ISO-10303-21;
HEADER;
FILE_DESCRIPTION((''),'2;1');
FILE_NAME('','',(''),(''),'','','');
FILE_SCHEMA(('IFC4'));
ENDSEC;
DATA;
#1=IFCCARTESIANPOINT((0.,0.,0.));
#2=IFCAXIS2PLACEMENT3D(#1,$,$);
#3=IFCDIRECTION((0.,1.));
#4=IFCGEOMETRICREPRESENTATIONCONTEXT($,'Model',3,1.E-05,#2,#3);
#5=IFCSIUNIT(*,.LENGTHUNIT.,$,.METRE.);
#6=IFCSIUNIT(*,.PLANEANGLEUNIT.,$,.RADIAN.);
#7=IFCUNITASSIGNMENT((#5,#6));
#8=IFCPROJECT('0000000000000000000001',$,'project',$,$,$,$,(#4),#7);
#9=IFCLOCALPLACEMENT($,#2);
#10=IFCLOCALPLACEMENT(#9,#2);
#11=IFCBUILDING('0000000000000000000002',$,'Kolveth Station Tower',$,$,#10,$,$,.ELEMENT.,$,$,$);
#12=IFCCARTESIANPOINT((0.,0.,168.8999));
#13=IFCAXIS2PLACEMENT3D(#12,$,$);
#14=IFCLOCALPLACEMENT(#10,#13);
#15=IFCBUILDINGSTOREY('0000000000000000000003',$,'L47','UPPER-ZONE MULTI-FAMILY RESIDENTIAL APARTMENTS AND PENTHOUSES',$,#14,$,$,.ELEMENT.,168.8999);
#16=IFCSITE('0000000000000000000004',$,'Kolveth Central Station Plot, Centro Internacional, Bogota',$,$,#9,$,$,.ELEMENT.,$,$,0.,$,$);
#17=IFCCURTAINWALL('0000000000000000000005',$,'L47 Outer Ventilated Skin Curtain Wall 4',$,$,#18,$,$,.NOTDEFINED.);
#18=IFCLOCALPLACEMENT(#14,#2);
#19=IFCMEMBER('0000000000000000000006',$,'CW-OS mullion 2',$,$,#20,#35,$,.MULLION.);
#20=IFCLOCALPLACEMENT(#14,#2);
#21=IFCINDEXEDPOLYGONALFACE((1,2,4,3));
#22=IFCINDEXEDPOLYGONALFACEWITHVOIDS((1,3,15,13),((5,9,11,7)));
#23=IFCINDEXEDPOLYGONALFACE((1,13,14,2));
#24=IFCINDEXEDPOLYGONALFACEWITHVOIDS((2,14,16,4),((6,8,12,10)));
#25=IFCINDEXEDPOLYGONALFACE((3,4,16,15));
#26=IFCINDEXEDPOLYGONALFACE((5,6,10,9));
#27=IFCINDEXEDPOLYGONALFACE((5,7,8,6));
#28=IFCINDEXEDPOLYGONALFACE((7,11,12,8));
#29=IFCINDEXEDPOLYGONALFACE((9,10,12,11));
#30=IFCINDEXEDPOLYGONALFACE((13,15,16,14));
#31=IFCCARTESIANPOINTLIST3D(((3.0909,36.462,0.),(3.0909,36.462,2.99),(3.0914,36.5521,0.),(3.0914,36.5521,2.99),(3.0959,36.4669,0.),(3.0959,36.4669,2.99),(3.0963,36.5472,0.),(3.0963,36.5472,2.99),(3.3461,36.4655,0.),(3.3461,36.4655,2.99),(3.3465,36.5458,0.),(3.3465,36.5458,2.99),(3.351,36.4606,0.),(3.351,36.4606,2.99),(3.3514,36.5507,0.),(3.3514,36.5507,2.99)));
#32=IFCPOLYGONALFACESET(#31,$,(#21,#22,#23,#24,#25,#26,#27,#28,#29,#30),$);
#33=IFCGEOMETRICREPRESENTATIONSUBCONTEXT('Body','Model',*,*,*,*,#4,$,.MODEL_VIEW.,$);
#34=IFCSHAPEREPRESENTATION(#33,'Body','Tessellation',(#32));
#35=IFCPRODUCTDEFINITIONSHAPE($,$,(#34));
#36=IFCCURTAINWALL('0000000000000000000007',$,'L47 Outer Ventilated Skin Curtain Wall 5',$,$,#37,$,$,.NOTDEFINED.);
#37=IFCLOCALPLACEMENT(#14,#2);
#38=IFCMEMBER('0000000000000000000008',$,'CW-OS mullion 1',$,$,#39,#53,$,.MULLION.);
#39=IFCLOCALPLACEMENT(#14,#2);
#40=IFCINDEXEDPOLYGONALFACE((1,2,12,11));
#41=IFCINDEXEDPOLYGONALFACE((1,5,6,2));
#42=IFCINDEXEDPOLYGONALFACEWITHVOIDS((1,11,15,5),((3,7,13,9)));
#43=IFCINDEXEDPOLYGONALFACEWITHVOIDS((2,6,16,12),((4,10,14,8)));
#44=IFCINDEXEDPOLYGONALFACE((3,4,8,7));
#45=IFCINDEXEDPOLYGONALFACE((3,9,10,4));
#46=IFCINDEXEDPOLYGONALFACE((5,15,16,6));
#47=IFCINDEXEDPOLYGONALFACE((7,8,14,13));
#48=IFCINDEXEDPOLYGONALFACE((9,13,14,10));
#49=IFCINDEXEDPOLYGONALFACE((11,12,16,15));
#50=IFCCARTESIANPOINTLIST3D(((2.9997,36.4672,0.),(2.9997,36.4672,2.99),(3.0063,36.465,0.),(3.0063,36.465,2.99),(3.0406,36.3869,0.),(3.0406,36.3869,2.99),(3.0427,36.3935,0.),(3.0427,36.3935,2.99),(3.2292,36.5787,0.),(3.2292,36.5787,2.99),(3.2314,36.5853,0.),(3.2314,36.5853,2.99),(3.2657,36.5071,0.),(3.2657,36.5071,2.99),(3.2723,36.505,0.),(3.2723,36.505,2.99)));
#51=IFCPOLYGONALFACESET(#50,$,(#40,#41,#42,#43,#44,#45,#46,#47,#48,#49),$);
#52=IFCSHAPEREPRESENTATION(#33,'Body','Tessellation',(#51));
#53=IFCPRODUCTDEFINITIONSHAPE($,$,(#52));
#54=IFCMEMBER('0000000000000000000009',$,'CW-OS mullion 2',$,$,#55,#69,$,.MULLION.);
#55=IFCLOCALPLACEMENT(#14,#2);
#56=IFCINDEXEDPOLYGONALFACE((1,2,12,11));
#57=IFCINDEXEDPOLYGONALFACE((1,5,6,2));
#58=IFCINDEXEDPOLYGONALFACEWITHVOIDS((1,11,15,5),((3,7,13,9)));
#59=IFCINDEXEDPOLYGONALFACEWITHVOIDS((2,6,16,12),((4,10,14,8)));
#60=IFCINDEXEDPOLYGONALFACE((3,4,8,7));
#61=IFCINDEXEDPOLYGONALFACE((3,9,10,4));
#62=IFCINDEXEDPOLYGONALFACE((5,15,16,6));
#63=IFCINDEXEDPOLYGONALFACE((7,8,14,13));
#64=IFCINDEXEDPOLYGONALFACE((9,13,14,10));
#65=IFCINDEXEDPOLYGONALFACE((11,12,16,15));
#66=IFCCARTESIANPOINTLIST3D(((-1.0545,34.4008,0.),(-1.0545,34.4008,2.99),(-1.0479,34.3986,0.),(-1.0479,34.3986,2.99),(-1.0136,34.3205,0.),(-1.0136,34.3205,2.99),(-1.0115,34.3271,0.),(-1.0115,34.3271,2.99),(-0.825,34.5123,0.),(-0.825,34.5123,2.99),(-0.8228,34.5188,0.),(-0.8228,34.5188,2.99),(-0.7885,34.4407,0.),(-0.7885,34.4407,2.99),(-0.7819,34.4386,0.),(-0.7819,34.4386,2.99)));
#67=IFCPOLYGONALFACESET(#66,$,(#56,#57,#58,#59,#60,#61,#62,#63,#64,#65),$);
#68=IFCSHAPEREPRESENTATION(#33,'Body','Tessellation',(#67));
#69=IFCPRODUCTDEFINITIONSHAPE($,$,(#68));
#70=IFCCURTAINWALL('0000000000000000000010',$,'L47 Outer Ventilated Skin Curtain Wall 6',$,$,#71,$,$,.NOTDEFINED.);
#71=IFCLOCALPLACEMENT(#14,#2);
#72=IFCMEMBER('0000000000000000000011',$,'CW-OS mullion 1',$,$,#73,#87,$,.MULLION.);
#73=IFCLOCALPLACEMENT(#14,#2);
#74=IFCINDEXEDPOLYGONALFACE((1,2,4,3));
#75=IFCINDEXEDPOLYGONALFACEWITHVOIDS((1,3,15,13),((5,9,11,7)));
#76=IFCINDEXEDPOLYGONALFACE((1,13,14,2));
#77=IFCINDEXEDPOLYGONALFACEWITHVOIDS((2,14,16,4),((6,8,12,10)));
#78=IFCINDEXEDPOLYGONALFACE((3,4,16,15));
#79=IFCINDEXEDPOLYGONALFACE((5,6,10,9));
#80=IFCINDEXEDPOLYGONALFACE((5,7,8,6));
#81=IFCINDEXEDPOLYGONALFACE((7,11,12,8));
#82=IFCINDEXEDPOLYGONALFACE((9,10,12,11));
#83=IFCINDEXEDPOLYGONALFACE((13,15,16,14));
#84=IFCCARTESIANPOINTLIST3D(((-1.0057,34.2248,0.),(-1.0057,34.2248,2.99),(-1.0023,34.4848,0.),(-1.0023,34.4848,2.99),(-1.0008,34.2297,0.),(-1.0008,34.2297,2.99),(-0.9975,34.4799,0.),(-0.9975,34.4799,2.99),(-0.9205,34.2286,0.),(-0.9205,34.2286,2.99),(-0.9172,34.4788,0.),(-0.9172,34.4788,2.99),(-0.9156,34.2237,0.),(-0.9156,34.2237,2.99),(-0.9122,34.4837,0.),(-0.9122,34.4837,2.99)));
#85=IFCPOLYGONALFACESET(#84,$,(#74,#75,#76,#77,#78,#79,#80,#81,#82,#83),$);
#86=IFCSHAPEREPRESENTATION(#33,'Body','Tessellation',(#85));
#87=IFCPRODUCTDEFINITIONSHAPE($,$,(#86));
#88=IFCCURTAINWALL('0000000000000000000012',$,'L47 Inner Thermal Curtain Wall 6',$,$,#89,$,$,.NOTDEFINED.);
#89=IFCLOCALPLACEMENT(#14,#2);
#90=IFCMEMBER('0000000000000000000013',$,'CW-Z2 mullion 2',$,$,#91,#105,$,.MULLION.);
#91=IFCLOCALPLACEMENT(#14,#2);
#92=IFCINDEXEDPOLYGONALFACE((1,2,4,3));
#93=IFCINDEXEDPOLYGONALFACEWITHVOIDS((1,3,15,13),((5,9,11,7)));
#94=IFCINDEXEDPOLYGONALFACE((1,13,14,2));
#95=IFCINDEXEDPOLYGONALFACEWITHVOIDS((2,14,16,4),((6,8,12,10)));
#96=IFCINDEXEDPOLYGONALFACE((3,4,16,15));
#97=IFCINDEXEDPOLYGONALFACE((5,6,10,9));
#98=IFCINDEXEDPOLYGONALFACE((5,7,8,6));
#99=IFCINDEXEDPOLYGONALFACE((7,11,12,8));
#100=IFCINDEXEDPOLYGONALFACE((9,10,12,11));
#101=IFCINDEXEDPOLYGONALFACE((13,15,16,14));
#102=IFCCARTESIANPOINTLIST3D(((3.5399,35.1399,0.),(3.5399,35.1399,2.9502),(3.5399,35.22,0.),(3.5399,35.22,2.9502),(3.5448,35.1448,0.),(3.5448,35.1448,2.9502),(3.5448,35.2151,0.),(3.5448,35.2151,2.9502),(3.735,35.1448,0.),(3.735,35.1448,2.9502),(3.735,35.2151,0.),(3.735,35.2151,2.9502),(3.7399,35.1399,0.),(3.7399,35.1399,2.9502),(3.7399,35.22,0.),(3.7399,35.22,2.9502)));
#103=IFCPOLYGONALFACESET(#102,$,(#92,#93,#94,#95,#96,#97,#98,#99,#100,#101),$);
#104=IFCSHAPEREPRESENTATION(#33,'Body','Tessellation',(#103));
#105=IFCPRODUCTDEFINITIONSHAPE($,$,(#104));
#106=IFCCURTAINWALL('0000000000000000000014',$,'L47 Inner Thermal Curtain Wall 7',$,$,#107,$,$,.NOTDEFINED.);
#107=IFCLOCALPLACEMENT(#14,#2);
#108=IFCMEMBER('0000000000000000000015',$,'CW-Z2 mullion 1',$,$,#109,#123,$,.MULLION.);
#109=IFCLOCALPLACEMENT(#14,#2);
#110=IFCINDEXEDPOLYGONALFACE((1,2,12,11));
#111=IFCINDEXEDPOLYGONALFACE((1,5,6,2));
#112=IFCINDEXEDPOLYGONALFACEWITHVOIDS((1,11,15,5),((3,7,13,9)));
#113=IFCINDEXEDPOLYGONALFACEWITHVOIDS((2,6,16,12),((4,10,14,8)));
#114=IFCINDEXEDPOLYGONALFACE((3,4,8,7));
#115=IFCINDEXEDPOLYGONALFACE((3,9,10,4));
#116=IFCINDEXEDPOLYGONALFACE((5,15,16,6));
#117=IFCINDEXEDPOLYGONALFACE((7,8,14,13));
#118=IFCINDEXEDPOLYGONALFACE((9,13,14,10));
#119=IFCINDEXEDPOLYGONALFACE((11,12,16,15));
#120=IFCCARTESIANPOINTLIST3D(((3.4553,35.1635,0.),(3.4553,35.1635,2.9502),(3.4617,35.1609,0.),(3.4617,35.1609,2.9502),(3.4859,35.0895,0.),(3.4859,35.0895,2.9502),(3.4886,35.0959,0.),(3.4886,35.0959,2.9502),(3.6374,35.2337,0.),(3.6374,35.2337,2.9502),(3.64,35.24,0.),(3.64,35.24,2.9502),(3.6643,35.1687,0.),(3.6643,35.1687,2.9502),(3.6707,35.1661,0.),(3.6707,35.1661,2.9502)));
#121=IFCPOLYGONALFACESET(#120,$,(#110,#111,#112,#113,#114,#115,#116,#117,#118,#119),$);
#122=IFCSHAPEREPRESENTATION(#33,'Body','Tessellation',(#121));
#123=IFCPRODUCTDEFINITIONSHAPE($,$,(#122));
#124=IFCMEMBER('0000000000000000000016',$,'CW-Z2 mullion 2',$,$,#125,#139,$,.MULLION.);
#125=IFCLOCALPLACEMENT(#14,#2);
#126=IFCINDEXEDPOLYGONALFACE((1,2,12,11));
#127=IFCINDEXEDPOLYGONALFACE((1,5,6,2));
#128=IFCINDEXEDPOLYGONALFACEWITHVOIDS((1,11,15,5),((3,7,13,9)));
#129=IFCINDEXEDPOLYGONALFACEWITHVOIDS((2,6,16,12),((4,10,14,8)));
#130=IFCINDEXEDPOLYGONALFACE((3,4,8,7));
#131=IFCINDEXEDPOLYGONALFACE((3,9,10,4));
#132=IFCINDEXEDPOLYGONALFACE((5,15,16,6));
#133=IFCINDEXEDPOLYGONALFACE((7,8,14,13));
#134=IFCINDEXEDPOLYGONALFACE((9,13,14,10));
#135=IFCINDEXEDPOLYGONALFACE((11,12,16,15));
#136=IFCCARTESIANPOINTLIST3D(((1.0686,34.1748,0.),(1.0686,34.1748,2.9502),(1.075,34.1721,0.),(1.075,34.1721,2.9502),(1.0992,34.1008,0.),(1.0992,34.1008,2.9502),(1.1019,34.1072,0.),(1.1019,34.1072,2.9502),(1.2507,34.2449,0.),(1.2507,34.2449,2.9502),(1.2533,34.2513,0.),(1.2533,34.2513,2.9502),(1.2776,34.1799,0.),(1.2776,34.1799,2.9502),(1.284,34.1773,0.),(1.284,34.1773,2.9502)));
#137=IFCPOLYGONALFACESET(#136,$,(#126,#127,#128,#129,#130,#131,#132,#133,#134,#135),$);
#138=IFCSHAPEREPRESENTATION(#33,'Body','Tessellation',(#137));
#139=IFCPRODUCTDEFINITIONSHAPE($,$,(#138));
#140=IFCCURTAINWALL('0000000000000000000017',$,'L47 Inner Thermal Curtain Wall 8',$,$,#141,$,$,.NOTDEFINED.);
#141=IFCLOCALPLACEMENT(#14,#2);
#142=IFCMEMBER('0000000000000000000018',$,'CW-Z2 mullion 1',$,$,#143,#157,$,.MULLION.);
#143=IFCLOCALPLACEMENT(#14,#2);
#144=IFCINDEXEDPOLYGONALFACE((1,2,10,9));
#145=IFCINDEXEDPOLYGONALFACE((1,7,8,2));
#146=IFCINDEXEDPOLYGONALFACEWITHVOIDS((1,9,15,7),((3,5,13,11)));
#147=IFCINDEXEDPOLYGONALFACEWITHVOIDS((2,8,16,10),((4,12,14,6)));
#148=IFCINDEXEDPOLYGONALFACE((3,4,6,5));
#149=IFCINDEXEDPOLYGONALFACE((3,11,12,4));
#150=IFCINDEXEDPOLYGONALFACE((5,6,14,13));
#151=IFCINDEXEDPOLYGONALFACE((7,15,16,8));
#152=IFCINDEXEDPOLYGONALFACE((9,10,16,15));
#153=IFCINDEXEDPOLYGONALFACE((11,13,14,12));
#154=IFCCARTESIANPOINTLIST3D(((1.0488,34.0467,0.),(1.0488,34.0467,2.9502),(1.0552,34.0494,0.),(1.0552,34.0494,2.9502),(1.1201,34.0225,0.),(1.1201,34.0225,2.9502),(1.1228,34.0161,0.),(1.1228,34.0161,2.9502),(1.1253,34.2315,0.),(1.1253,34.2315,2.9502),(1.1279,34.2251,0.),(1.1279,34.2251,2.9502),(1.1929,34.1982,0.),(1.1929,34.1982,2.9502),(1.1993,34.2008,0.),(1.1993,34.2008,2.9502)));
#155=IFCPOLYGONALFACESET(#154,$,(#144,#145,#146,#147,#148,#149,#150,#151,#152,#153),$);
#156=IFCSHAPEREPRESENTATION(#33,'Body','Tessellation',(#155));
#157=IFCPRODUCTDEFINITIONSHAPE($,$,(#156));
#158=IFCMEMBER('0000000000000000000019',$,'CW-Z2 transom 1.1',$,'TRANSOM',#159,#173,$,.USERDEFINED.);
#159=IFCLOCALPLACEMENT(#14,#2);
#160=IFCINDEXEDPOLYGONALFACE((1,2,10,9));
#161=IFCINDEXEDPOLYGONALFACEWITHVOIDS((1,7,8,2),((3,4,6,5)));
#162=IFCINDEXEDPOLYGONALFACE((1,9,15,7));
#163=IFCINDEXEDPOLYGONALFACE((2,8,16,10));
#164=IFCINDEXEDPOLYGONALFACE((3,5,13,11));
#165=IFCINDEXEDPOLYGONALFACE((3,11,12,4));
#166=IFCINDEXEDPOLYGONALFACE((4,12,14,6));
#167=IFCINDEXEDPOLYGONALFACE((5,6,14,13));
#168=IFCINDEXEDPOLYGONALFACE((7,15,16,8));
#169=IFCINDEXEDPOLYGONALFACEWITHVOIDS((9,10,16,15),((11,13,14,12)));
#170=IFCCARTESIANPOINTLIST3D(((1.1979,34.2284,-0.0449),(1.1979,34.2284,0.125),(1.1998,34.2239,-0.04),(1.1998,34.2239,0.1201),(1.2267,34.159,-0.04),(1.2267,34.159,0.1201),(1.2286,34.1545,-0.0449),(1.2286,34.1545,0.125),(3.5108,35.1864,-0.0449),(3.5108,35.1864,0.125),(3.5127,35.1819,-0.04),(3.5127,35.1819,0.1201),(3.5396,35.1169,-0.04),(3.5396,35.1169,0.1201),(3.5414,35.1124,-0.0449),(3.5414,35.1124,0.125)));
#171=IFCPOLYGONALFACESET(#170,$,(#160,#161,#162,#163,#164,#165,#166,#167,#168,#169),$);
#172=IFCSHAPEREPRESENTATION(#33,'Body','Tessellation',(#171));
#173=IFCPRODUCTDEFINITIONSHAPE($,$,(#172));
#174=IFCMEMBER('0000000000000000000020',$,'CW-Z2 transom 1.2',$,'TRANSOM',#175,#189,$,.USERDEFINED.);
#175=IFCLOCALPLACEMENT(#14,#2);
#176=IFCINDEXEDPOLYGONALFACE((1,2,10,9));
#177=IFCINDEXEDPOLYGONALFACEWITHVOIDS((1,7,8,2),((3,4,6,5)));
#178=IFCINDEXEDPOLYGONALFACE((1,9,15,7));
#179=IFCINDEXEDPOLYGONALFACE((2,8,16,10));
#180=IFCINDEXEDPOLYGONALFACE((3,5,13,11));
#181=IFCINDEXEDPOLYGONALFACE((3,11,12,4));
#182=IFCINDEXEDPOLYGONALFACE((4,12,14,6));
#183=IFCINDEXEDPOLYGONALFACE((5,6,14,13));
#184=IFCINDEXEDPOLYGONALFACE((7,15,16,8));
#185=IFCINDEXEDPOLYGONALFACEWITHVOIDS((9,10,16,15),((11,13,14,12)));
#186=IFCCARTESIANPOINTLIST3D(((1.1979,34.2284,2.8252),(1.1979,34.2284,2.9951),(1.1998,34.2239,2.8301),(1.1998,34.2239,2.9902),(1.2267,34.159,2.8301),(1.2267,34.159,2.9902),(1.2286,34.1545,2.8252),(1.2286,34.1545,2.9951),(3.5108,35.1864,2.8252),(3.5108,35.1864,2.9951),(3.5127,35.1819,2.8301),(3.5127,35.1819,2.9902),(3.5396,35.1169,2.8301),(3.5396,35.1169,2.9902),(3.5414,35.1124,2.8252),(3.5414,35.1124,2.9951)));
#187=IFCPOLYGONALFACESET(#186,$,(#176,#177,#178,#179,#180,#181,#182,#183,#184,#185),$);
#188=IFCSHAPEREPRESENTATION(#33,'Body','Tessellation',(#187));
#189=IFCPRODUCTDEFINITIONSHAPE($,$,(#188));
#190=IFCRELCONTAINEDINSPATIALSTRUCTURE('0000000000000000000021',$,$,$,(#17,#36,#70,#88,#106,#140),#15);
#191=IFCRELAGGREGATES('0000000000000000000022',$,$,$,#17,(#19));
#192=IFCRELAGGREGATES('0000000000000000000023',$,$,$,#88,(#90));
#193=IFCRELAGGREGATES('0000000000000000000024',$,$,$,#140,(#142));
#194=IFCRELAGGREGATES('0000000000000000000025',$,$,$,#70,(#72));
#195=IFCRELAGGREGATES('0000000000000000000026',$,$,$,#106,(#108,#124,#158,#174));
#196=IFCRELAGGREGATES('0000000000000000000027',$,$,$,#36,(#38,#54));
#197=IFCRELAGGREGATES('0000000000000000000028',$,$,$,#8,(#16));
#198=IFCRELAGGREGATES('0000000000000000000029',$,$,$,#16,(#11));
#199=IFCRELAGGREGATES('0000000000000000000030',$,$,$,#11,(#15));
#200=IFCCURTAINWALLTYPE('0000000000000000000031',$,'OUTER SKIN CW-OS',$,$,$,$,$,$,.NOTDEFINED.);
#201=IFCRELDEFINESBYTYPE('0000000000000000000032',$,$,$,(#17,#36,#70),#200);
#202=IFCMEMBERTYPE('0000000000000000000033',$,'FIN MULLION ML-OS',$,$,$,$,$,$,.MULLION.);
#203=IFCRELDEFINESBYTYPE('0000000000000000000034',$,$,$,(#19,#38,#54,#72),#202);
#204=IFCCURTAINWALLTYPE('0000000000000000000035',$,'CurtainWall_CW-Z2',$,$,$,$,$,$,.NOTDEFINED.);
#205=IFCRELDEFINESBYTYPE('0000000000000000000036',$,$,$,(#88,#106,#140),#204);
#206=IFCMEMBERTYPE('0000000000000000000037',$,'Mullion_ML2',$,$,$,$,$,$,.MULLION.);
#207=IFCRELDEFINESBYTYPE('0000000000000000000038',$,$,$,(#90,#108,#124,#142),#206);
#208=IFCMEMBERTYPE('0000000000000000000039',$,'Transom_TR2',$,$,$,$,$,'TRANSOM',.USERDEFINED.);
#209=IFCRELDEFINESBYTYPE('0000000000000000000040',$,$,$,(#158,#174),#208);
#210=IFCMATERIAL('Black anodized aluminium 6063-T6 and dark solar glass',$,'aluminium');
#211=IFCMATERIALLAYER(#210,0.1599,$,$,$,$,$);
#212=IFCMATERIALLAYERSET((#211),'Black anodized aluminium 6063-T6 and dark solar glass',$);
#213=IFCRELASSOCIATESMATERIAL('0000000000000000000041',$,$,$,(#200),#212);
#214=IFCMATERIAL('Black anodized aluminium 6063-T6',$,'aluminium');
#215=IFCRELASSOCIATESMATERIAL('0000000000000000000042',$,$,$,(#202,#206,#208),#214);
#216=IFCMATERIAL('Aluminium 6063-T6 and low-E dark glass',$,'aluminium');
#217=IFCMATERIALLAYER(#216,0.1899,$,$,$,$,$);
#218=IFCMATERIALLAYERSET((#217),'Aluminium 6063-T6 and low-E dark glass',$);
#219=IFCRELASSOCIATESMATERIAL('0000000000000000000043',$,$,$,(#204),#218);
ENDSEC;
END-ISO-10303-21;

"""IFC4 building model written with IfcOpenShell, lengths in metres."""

from ifc_helpers import new_model, si_unit, direction, frame, origin, origin_2d, place, context, subcontext, project, spatial, hollow_rectangle, extrude, source, transform, mapped, material, layer, layer_set, material_profile, profile_set, type_object, element, aggregate, save


model = new_model("IFC4")

# Units and contexts
model_context = context("Model", 3, precision=1e-05, world=origin(), true_north=direction((0.0, 1.0)))
body_context = subcontext(model_context, "Body", "Model", "MODEL_VIEW")
ifc_project = project(units=[si_unit("LENGTHUNIT", "METRE"), si_unit("PLANEANGLEUNIT", "RADIAN")], contexts=[model_context])

# Site, building, storey
site_placement = place(None, origin())
site = spatial("IfcSite", under=ifc_project, at=site_placement, Name="Kolveth Central Station Plot, Centro Internacional, Bogota", CompositionType="ELEMENT", RefElevation=0.0)
building_placement = place(site_placement, origin())
building = spatial("IfcBuilding", under=site, at=building_placement, Name="Kolveth Station Tower", CompositionType="ELEMENT")
storey_placement = place(building_placement, frame((0.0, 0.0, 168.8999)))
storey = spatial("IfcBuildingStorey", under=building, at=storey_placement, Name="L47", Description="UPPER-ZONE MULTI-FAMILY RESIDENTIAL APARTMENTS AND PENTHOUSES", CompositionType="ELEMENT", Elevation=168.8999)

# Curtain wall, member
ifc_material_1 = material(Name="Black anodized aluminium 6063-T6 and dark solar glass", Category="aluminium")
ifc_layer_1 = layer(ifc_material_1, 0.1599)
ifc_layer_set_1 = layer_set([ifc_layer_1], Name="Black anodized aluminium 6063-T6 and dark solar glass")
curtain_wall_type_1 = type_object("IfcCurtainWallType", Name="OUTER SKIN CW-OS", PredefinedType="NOTDEFINED", material=ifc_layer_set_1)
curtain_wall_1_placement = place(storey_placement, origin())
curtain_wall_1 = element("IfcCurtainWall", 1, at=curtain_wall_1_placement, inside=storey, type_object=curtain_wall_type_1, Name="L47 Outer Ventilated Skin Curtain Wall 4", PredefinedType="NOTDEFINED")
ifc_material_2 = material(Name="Black anodized aluminium 6063-T6", Category="aluminium")
ifc_material_profile_1 = material_profile(ifc_material_2, hollow_rectangle(XDim=0.0901, YDim=0.26, WallThickness=0.0049, at=origin_2d()), Name="ALU-90x260x5")
ifc_profile_set_1 = profile_set([ifc_material_profile_1], Name="Black anodized aluminium 6063-T6")
member_type_1 = type_object("IfcMemberType", Name="FIN MULLION ML-OS", PredefinedType="MULLION", material=ifc_profile_set_1)
shared_shape_1 = source(origin(), body_context, "Body", "SweptSolid", [
    extrude(hollow_rectangle(XDim=0.0901, YDim=0.26, WallThickness=0.0049, at=origin_2d()), origin(), (0.0, 0.0, 1.0), 2.99),
])
member_1_placement = place(storey_placement, frame((3.2212, 36.5063, 0.0), z_axis=(0.0, 0.0, 1.0), x_axis=(-0.005368, -0.999986, 0.0)))
member_1 = element("IfcMember", 2, at=member_1_placement, type_object=member_type_1, Name="CW-OS mullion 2", PredefinedType="MULLION", context=body_context, shape_type="MappedRepresentation", body=[
    mapped(shared_shape_1, transform((0.0, 0.0, 0.0), x_axis=(1.0, 0.0, 0.0), y_axis=(0.0, 1.0, 0.0), z_axis=(0.0, 0.0, 1.0), scale=1.0)),
])
aggregate(curtain_wall_1, [member_1])

# Curtain wall, members
curtain_wall_2_placement = place(storey_placement, origin())
curtain_wall_2 = element("IfcCurtainWall", 3, at=curtain_wall_2_placement, inside=storey, type_object=curtain_wall_type_1, Name="L47 Outer Ventilated Skin Curtain Wall 5", PredefinedType="NOTDEFINED")
member_2_placement = place(storey_placement, frame((3.136, 36.4861, 0.0), z_axis=(0.0, 0.0, 1.0), x_axis=(0.454105, -0.890948, 0.0)))
member_2 = element("IfcMember", 4, at=member_2_placement, type_object=member_type_1, Name="CW-OS mullion 1", PredefinedType="MULLION", context=body_context, shape_type="MappedRepresentation", body=[
    mapped(shared_shape_1, transform((0.0, 0.0, 0.0), x_axis=(1.0, 0.0, 0.0), y_axis=(0.0, 1.0, 0.0), z_axis=(0.0, 0.0, 1.0), scale=1.0)),
])
member_3_placement = place(storey_placement, frame((-0.9182, 34.4197, 0.0), z_axis=(0.0, 0.0, 1.0), x_axis=(0.454105, -0.890948, 0.0)))
member_3 = element("IfcMember", 5, at=member_3_placement, type_object=member_type_1, Name="CW-OS mullion 2", PredefinedType="MULLION", context=body_context, shape_type="MappedRepresentation", body=[
    mapped(shared_shape_1, transform((0.0, 0.0, 0.0), x_axis=(1.0, 0.0, 0.0), y_axis=(0.0, 1.0, 0.0), z_axis=(0.0, 0.0, 1.0), scale=1.0)),
])

# Curtain walls, members
curtain_wall_3_placement = place(storey_placement, origin())
curtain_wall_3 = element("IfcCurtainWall", 6, at=curtain_wall_3_placement, inside=storey, type_object=curtain_wall_type_1, Name="L47 Outer Ventilated Skin Curtain Wall 6", PredefinedType="NOTDEFINED")
member_4_placement = place(storey_placement, frame((-0.959, 34.3542, 0.0), z_axis=(0.0, 0.0, 1.0), x_axis=(0.999915, -0.013074, 0.0)))
member_4 = element("IfcMember", 7, at=member_4_placement, type_object=member_type_1, Name="CW-OS mullion 1", PredefinedType="MULLION", context=body_context, shape_type="MappedRepresentation", body=[
    mapped(shared_shape_1, transform((0.0, 0.0, 0.0), x_axis=(1.0, 0.0, 0.0), y_axis=(0.0, 1.0, 0.0), z_axis=(0.0, 0.0, 1.0), scale=1.0)),
])
ifc_material_3 = material(Name="Aluminium 6063-T6 and low-E dark glass", Category="aluminium")
ifc_layer_2 = layer(ifc_material_3, 0.1899)
ifc_layer_set_2 = layer_set([ifc_layer_2], Name="Aluminium 6063-T6 and low-E dark glass")
curtain_wall_type_2 = type_object("IfcCurtainWallType", Name="CurtainWall_CW-Z2", PredefinedType="NOTDEFINED", material=ifc_layer_set_2)
curtain_wall_4_placement = place(storey_placement, origin())
curtain_wall_4 = element("IfcCurtainWall", 8, at=curtain_wall_4_placement, inside=storey, type_object=curtain_wall_type_2, Name="L47 Inner Thermal Curtain Wall 6", PredefinedType="NOTDEFINED")
ifc_material_profile_2 = material_profile(ifc_material_2, hollow_rectangle(XDim=0.0801, YDim=0.2, WallThickness=0.0049, at=origin_2d()), Name="ALU-80x200x5")
ifc_profile_set_2 = profile_set([ifc_material_profile_2], Name="Black anodized aluminium 6063-T6")
member_type_2 = type_object("IfcMemberType", Name="Mullion_ML2", PredefinedType="MULLION", material=ifc_profile_set_2)
shared_shape_2 = source(origin(), body_context, "Body", "SweptSolid", [
    extrude(hollow_rectangle(XDim=0.0801, YDim=0.2, WallThickness=0.0049, at=origin_2d()), origin(), (0.0, 0.0, 1.0), 2.9502),
])
member_5_placement = place(storey_placement, frame((3.6399, 35.1799, 0.0), z_axis=(0.0, 0.0, 1.0), x_axis=(0.0, -1.0, 0.0)))
member_5 = element("IfcMember", 9, at=member_5_placement, type_object=member_type_2, Name="CW-Z2 mullion 2", PredefinedType="MULLION", context=body_context, shape_type="MappedRepresentation", body=[
    mapped(shared_shape_2, transform((0.0, 0.0, 0.0), x_axis=(1.0, 0.0, 0.0), y_axis=(0.0, 1.0, 0.0), z_axis=(0.0, 0.0, 1.0), scale=1.0)),
])
aggregate(curtain_wall_4, [member_5])

# Curtain wall, members
curtain_wall_5_placement = place(storey_placement, origin())
curtain_wall_5 = element("IfcCurtainWall", 10, at=curtain_wall_5_placement, inside=storey, type_object=curtain_wall_type_2, Name="L47 Inner Thermal Curtain Wall 7", PredefinedType="NOTDEFINED")
member_6_placement = place(storey_placement, frame((3.563, 35.1648, 0.0), z_axis=(0.0, 0.0, 1.0), x_axis=(0.382698, -0.923874, 0.0)))
member_6 = element("IfcMember", 11, at=member_6_placement, type_object=member_type_2, Name="CW-Z2 mullion 1", PredefinedType="MULLION", context=body_context, shape_type="MappedRepresentation", body=[
    mapped(shared_shape_2, transform((0.0, 0.0, 0.0), x_axis=(1.0, 0.0, 0.0), y_axis=(0.0, 1.0, 0.0), z_axis=(0.0, 0.0, 1.0), scale=1.0)),
])
member_7_placement = place(storey_placement, frame((1.1763, 34.176, 0.0), z_axis=(0.0, 0.0, 1.0), x_axis=(0.382698, -0.923874, 0.0)))
member_7 = element("IfcMember", 12, at=member_7_placement, type_object=member_type_2, Name="CW-Z2 mullion 2", PredefinedType="MULLION", context=body_context, shape_type="MappedRepresentation", body=[
    mapped(shared_shape_2, transform((0.0, 0.0, 0.0), x_axis=(1.0, 0.0, 0.0), y_axis=(0.0, 1.0, 0.0), z_axis=(0.0, 0.0, 1.0), scale=1.0)),
])

# Curtain wall, member
curtain_wall_6_placement = place(storey_placement, origin())
curtain_wall_6 = element("IfcCurtainWall", 13, at=curtain_wall_6_placement, inside=storey, type_object=curtain_wall_type_2, Name="L47 Inner Thermal Curtain Wall 8", PredefinedType="NOTDEFINED")
member_8_placement = place(storey_placement, frame((1.124, 34.1238, 0.0), z_axis=(0.0, 0.0, 1.0), x_axis=(0.923874, -0.382698, 0.0)))
member_8 = element("IfcMember", 14, at=member_8_placement, type_object=member_type_2, Name="CW-Z2 mullion 1", PredefinedType="MULLION", context=body_context, shape_type="MappedRepresentation", body=[
    mapped(shared_shape_2, transform((0.0, 0.0, 0.0), x_axis=(1.0, 0.0, 0.0), y_axis=(0.0, 1.0, 0.0), z_axis=(0.0, 0.0, 1.0), scale=1.0)),
])

# Members
ifc_material_profile_3 = material_profile(ifc_material_2, hollow_rectangle(XDim=0.0801, YDim=0.1699, WallThickness=0.0049, at=origin_2d()), Name="ALU-80x170x5")
ifc_profile_set_3 = profile_set([ifc_material_profile_3], Name="Black anodized aluminium 6063-T6")
member_type_3 = type_object("IfcMemberType", Name="Transom_TR2", ElementType="TRANSOM", PredefinedType="USERDEFINED", material=ifc_profile_set_3)
shared_shape_3 = source(origin(), body_context, "Body", "SweptSolid", [
    extrude(hollow_rectangle(XDim=0.0801, YDim=0.1699, WallThickness=0.0049, at=origin_2d()), origin(), (0.0, 0.0, 1.0), 2.5034),
])
member_9_placement = place(storey_placement, frame((3.5261, 35.1494, 0.04), z_axis=(-0.923888, -0.382662, 0.0), x_axis=(0.382662, -0.923888, 0.0)))
member_9 = element("IfcMember", 15, at=member_9_placement, type_object=member_type_3, Name="CW-Z2 transom 1.1", ObjectType="TRANSOM", PredefinedType="USERDEFINED", context=body_context, shape_type="MappedRepresentation", body=[
    mapped(shared_shape_3, transform((0.0, 0.0, 0.0), x_axis=(1.0, 0.0, 0.0), y_axis=(0.0, 1.0, 0.0), z_axis=(0.0, 0.0, 1.0), scale=1.0)),
])
member_10_placement = place(storey_placement, frame((3.5261, 35.1494, 2.9102), z_axis=(-0.923888, -0.382662, 0.0), x_axis=(0.382662, -0.923888, 0.0)))
member_10 = element("IfcMember", 16, at=member_10_placement, type_object=member_type_3, Name="CW-Z2 transom 1.2", ObjectType="TRANSOM", PredefinedType="USERDEFINED", context=body_context, shape_type="MappedRepresentation", body=[
    mapped(shared_shape_3, transform((0.0, 0.0, 0.0), x_axis=(1.0, 0.0, 0.0), y_axis=(0.0, 1.0, 0.0), z_axis=(0.0, 0.0, 1.0), scale=1.0)),
])
aggregate(curtain_wall_6, [member_8])
aggregate(curtain_wall_3, [member_4])

aggregate(curtain_wall_5, [member_6, member_7, member_9, member_10])
aggregate(curtain_wall_2, [member_2, member_3])

save(model, "model.ifc")
